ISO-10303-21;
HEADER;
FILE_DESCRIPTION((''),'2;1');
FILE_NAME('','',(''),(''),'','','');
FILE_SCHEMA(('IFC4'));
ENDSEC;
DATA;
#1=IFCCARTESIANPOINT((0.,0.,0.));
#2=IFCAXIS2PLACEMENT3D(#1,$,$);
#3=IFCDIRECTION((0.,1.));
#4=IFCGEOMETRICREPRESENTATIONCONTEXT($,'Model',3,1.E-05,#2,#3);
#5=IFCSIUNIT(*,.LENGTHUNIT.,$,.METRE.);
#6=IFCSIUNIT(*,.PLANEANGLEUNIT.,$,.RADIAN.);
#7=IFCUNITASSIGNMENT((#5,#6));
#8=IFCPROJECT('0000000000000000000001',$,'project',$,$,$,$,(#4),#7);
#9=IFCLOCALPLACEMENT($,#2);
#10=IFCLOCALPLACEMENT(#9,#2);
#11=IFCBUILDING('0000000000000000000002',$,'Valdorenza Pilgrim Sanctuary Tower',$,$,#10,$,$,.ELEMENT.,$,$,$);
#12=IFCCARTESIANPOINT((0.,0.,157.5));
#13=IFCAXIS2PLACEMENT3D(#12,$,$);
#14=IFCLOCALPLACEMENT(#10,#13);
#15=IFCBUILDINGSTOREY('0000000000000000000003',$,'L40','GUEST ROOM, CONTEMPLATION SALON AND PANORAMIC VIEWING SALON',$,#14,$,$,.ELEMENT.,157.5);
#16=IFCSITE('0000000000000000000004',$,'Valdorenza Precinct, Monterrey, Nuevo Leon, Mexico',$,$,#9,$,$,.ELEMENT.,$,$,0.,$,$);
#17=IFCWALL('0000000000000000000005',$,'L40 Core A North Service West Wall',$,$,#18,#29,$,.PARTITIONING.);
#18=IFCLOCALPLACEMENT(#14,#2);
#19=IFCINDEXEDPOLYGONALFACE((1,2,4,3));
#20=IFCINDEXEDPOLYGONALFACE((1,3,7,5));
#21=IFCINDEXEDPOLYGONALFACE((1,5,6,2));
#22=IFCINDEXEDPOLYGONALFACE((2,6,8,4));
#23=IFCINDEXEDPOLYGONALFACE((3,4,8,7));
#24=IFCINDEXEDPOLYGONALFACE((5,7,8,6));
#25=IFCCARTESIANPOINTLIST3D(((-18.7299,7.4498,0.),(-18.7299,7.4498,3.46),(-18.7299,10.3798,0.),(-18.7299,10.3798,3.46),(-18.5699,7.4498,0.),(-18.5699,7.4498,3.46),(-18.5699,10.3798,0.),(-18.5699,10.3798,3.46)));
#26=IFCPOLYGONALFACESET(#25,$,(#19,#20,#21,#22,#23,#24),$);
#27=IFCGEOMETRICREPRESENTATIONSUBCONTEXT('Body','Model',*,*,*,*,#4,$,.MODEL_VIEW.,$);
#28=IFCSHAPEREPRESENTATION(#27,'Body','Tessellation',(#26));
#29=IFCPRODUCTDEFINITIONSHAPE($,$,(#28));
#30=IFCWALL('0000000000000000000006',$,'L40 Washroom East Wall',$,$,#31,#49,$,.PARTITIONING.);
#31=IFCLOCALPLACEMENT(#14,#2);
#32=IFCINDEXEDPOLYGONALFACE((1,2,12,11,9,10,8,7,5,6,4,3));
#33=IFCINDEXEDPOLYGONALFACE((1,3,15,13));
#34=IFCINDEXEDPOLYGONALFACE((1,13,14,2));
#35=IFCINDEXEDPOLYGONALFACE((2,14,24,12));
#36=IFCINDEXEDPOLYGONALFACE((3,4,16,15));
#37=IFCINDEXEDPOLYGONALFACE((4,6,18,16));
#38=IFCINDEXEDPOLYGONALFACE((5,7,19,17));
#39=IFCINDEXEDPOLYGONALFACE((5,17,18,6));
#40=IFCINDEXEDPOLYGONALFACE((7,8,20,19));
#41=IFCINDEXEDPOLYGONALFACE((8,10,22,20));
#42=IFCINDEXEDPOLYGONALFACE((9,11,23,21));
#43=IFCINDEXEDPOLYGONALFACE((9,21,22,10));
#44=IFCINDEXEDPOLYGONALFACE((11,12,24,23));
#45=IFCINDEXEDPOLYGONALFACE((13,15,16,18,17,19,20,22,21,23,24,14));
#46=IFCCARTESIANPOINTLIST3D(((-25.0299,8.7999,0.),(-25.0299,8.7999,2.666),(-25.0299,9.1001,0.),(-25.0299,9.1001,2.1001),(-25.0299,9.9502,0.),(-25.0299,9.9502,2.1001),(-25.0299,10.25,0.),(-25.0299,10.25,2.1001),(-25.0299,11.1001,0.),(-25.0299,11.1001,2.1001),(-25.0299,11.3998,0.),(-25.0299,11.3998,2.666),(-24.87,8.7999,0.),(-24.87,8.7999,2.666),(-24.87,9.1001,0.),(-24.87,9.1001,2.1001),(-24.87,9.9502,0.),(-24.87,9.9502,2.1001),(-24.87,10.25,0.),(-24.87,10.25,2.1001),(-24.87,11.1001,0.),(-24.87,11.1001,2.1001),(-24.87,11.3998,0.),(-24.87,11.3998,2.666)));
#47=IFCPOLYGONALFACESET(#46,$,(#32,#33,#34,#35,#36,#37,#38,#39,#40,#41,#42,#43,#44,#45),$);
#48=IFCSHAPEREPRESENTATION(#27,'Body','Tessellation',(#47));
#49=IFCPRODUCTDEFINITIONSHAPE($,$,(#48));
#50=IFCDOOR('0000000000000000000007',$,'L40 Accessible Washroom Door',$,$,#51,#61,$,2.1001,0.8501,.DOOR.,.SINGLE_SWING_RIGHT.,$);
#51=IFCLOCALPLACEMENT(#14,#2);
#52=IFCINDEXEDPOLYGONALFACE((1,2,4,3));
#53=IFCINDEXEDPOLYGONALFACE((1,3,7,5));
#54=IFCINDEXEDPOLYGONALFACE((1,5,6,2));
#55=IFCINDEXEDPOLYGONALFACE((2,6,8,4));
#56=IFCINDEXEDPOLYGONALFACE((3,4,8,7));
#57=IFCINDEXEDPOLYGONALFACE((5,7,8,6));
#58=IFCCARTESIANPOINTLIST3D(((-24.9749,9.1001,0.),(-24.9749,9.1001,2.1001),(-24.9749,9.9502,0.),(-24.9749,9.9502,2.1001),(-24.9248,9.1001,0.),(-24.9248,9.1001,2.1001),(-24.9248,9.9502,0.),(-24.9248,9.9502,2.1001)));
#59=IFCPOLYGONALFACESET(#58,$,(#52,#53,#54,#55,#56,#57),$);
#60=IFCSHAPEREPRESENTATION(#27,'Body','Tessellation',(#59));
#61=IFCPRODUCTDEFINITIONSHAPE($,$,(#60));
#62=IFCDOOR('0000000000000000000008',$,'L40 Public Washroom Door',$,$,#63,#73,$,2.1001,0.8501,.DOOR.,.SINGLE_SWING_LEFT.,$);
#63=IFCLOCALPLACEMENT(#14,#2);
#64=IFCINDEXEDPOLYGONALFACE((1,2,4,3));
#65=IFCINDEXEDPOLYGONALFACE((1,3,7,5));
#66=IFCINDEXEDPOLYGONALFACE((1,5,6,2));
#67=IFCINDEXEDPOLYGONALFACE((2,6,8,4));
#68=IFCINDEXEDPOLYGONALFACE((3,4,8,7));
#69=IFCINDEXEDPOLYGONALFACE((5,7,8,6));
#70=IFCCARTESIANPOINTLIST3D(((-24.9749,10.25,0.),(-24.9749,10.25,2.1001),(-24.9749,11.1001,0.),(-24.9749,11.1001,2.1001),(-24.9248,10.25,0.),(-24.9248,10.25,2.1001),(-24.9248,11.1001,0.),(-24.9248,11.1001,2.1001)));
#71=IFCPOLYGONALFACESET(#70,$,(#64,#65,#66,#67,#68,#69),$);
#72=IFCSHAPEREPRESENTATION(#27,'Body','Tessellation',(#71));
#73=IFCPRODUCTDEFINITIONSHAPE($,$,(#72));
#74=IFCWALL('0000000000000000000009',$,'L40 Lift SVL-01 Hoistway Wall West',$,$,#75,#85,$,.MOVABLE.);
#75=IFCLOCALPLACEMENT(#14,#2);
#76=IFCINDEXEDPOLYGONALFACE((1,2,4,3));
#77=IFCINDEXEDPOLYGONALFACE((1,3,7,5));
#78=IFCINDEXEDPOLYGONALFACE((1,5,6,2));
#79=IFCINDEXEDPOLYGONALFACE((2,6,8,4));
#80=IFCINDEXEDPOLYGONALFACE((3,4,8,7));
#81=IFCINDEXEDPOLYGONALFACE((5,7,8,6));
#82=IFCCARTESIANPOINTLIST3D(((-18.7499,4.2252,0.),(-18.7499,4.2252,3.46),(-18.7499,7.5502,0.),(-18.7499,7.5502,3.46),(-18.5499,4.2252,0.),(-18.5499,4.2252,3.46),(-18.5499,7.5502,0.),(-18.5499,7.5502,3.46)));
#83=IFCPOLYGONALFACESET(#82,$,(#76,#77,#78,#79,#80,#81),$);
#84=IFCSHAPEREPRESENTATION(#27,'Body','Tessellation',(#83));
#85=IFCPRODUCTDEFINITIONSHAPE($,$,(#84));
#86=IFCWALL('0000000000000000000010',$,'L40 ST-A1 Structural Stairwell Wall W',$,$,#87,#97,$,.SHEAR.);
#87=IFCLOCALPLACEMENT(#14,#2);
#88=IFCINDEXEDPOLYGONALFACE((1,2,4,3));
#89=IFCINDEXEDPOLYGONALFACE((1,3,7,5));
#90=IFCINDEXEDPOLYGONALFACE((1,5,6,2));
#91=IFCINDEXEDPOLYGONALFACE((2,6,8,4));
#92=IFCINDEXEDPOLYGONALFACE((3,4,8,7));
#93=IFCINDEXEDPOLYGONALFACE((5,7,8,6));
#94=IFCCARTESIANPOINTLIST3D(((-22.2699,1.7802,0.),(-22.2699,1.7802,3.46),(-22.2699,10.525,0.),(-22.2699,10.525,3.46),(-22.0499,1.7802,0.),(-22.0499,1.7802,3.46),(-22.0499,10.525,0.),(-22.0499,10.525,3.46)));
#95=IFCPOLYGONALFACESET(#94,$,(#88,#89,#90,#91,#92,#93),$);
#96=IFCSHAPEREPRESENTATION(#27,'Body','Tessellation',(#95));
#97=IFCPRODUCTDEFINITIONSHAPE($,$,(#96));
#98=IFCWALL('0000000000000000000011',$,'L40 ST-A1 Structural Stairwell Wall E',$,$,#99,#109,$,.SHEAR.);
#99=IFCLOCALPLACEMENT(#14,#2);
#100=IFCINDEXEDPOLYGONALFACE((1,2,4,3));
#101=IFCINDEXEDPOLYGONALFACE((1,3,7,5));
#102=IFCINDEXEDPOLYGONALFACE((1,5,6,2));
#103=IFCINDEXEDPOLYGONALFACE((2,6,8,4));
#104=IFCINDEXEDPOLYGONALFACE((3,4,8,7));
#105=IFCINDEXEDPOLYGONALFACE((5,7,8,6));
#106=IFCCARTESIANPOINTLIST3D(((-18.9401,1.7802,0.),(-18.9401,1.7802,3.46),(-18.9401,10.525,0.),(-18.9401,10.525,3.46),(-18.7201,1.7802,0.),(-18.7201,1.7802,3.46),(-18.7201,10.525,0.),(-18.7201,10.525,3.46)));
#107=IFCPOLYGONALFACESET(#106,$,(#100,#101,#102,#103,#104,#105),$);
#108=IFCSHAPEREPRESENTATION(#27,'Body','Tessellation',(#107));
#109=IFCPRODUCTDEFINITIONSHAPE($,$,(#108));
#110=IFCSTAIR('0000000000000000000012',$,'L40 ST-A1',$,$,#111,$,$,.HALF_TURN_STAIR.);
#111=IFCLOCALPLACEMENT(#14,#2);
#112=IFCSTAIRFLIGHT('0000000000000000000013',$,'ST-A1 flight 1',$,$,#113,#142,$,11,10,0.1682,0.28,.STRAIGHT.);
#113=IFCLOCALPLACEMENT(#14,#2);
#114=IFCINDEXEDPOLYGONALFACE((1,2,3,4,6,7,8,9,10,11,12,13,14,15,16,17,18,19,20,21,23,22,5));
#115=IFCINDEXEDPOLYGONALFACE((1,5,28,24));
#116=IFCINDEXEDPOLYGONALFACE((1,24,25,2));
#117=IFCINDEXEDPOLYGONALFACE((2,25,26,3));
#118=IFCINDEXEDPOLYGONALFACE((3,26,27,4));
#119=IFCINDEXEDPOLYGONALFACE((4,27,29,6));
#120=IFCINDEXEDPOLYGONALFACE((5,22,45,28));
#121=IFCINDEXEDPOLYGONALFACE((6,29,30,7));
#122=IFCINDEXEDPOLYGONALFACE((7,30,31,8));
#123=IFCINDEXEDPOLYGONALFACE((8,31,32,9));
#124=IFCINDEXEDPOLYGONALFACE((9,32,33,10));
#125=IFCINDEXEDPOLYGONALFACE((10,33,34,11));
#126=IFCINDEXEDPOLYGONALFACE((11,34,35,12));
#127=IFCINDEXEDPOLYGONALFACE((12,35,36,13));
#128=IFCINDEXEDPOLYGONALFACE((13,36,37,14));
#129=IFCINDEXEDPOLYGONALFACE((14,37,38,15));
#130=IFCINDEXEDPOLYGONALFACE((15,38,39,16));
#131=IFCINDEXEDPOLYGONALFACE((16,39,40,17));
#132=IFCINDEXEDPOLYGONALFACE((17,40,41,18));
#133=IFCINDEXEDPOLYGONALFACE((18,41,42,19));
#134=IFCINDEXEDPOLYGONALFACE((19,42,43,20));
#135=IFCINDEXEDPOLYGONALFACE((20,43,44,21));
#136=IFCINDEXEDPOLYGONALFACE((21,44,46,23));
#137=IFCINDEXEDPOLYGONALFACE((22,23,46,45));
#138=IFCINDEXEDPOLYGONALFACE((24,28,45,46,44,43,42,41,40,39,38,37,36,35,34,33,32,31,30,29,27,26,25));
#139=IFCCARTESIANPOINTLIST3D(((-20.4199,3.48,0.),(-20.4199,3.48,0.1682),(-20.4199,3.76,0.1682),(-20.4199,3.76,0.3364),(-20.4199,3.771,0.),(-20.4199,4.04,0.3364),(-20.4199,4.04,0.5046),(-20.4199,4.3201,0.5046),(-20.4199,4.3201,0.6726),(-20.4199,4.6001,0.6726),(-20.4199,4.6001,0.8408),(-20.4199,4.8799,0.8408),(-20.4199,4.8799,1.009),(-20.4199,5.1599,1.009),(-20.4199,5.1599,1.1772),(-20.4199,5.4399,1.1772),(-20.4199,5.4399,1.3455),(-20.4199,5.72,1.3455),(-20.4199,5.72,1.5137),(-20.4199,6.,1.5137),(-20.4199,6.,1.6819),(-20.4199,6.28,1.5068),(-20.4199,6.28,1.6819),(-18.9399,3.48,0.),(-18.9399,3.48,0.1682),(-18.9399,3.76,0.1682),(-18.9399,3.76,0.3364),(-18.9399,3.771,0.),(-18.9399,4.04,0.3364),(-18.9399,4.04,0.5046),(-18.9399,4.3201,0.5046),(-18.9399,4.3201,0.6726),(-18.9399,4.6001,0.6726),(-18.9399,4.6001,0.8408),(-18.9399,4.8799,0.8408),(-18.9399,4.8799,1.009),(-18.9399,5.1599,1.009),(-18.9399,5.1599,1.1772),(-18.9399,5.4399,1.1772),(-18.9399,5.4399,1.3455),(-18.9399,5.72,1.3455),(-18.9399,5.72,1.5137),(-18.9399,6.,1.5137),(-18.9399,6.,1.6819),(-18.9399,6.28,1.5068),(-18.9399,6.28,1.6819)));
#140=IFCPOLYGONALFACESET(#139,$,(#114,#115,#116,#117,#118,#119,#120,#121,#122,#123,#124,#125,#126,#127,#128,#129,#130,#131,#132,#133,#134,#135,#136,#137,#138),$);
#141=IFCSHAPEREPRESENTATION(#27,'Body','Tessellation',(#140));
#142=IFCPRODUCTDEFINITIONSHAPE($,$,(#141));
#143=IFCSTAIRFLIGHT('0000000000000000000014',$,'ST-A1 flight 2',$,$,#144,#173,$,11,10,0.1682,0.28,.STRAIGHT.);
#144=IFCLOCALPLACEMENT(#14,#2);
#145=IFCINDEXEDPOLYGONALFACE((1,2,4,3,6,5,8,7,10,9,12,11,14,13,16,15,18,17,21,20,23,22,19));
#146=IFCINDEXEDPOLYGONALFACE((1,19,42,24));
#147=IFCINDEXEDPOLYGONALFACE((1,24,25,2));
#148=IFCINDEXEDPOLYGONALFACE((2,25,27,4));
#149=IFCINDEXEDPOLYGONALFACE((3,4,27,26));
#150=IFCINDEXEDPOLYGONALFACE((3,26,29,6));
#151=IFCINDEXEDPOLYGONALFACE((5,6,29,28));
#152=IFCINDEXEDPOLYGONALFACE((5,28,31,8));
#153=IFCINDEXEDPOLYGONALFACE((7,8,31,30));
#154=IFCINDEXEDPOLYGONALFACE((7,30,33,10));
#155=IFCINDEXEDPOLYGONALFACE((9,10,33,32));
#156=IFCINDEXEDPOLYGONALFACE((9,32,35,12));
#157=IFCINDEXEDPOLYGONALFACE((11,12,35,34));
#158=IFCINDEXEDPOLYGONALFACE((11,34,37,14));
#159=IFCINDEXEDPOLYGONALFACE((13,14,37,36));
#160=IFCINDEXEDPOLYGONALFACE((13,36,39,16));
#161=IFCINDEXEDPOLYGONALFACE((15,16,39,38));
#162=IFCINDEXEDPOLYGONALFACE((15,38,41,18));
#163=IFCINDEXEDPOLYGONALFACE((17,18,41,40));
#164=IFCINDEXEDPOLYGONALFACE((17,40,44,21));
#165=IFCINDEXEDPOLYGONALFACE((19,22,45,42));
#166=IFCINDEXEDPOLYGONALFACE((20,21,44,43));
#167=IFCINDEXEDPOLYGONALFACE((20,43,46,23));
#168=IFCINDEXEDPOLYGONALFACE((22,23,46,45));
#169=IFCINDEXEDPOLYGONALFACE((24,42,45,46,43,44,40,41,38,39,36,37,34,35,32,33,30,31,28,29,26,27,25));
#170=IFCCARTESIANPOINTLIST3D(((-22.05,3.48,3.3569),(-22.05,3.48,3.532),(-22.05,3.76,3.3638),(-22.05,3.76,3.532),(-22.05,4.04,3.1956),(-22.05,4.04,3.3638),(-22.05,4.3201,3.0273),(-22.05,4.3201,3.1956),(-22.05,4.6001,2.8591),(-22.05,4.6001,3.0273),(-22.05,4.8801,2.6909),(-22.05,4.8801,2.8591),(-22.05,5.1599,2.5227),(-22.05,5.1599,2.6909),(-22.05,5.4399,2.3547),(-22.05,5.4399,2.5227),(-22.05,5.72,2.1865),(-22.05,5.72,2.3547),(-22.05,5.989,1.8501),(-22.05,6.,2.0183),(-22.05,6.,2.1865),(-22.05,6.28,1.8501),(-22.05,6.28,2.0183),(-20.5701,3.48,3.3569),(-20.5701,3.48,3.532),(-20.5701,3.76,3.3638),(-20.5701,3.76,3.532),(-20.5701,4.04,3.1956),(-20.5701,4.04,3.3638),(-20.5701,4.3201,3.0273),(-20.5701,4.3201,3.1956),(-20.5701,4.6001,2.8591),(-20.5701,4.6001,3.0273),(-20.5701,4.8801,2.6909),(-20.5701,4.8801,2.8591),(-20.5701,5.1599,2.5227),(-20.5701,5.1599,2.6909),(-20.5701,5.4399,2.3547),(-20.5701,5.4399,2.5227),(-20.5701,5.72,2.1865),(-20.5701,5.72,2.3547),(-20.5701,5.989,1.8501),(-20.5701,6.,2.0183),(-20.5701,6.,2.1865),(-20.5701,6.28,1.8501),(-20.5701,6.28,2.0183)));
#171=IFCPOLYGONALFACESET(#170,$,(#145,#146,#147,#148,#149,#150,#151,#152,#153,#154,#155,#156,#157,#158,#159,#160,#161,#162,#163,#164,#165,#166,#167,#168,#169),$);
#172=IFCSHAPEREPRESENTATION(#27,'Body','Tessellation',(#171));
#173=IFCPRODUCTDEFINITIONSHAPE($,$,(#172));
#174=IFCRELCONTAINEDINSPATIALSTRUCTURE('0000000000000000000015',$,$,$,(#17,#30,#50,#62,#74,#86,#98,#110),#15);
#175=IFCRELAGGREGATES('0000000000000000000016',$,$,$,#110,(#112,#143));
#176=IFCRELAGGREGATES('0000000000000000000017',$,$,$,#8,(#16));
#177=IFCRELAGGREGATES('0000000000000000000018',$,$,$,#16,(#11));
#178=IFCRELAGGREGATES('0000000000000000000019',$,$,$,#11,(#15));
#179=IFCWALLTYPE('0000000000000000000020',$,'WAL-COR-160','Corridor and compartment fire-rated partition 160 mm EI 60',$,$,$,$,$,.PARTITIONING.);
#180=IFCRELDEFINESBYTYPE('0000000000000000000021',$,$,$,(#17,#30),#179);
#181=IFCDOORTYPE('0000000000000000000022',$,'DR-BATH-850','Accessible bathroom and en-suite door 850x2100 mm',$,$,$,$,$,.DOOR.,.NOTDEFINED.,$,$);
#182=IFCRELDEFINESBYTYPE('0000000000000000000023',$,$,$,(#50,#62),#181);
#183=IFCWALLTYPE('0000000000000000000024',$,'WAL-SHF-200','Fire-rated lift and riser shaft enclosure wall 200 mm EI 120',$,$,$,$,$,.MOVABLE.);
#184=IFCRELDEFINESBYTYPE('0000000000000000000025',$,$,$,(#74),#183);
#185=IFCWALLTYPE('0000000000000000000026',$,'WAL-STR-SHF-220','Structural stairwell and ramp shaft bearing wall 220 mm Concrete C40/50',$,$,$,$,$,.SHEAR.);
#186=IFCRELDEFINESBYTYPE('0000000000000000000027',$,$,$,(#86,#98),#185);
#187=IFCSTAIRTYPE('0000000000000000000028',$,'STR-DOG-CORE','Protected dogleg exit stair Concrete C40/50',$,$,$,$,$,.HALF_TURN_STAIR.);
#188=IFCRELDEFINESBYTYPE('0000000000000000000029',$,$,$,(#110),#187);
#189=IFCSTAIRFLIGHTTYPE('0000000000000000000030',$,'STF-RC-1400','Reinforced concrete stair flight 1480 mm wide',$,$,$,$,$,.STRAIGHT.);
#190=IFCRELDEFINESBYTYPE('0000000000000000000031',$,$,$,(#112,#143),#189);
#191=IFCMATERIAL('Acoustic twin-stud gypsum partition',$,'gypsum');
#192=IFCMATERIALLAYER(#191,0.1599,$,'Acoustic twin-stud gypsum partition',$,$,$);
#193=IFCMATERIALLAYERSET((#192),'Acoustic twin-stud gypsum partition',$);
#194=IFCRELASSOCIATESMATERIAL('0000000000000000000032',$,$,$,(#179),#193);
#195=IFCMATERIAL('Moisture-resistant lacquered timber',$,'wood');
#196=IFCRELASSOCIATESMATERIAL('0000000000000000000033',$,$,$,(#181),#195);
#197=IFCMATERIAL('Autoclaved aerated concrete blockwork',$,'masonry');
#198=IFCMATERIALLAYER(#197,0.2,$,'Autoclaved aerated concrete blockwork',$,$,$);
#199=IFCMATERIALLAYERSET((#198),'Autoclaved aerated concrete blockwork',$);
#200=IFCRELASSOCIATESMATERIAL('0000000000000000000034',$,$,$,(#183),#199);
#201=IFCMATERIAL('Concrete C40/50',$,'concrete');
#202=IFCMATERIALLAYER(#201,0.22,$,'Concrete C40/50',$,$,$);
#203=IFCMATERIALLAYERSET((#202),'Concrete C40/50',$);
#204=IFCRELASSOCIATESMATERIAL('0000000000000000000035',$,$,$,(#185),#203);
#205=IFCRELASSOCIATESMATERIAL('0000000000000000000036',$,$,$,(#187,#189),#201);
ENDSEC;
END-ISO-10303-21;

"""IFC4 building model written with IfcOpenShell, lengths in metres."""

from ifc_helpers import new_model, si_unit, direction, frame, frame_2d, origin, place, context, subcontext, project, spatial, polyline, rectangle, outline, extrude, material, layer, layer_set, type_object, element, fill, aggregate, save


model = new_model("IFC4")

# Units and contexts
model_context = context("Model", 3, precision=1e-05, world=origin(), true_north=direction((0.0, 1.0)))
body_context = subcontext(model_context, "Body", "Model", "MODEL_VIEW")
ifc_project = project(units=[si_unit("LENGTHUNIT", "METRE"), si_unit("PLANEANGLEUNIT", "RADIAN")], contexts=[model_context])

# Site, building, storey
site_placement = place(None, origin())
site = spatial("IfcSite", under=ifc_project, at=site_placement, Name="Valdorenza Precinct, Monterrey, Nuevo Leon, Mexico", CompositionType="ELEMENT", RefElevation=0.0)
building_placement = place(site_placement, origin())
building = spatial("IfcBuilding", under=site, at=building_placement, Name="Valdorenza Pilgrim Sanctuary Tower", CompositionType="ELEMENT")
storey_placement = place(building_placement, frame((0.0, 0.0, 157.5)))
storey = spatial("IfcBuildingStorey", under=building, at=storey_placement, Name="L40", Description="GUEST ROOM, CONTEMPLATION SALON AND PANORAMIC VIEWING SALON", CompositionType="ELEMENT", Elevation=157.5)

# Wall
ifc_material_1 = material(Name="Acoustic twin-stud gypsum partition", Category="gypsum")
ifc_layer_1 = layer(ifc_material_1, 0.1599, Name="Acoustic twin-stud gypsum partition")
ifc_layer_set_1 = layer_set([ifc_layer_1], Name="Acoustic twin-stud gypsum partition")
wall_type_1 = type_object("IfcWallType", Name="WAL-COR-160", Description="Corridor and compartment fire-rated partition 160 mm EI 60", PredefinedType="PARTITIONING", material=ifc_layer_set_1)
wall_1_placement = place(storey_placement, frame((-18.6499, 7.45, 0.0), z_axis=(0.0, 0.0, 1.0), x_axis=(0.0, 1.0, 0.0)))
element("IfcWall", 1, at=wall_1_placement, inside=storey, type_object=wall_type_1, Name="L40 Core A North Service West Wall", PredefinedType="PARTITIONING", context=body_context, shape_type="SweptSolid", body=[
    extrude(rectangle(XDim=2.9299, YDim=0.1599, at=frame_2d((1.4648, 0.0))), origin(), (0.0, 0.0, 1.0), 3.46),
])

# Wall, openings, doors
wall_2_placement = place(storey_placement, frame((-24.95, 8.8, 0.0), z_axis=(0.0, 0.0, 1.0), x_axis=(0.0, 1.0, 0.0)))
wall_2 = element("IfcWall", 2, at=wall_2_placement, inside=storey, type_object=wall_type_1, Name="L40 Washroom East Wall", PredefinedType="PARTITIONING", context=body_context, shape_type="SweptSolid", body=[
    extrude(rectangle(XDim=2.5999, YDim=0.1599, at=frame_2d((1.2998, 0.0))), origin(), (0.0, 0.0, 1.0), 2.666),
])
opening_1_placement = place(wall_2_placement, frame((0.3, 0.0, 0.0)))
opening_1 = element("IfcOpeningElement", 3, at=opening_1_placement, cuts=wall_2, PredefinedType="OPENING", context=body_context, shape_type="SweptSolid", body=[
    extrude(rectangle(XDim=0.8501, YDim=2.1001, at=frame_2d((0.425, 1.05))), frame((0.0, 0.0947, 0.0), z_axis=(0.0, -1.0, 0.0), x_axis=(1.0, 0.0, 0.0)), (0.0, 0.0, 1.0), 0.1897),
])
opening_2_placement = place(wall_2_placement, frame((1.45, 0.0, 0.0)))
opening_2 = element("IfcOpeningElement", 4, at=opening_2_placement, cuts=wall_2, PredefinedType="OPENING", context=body_context, shape_type="SweptSolid", body=[
    extrude(rectangle(XDim=0.8501, YDim=2.1001, at=frame_2d((0.425, 1.05))), frame((0.0, 0.0947, 0.0), z_axis=(0.0, -1.0, 0.0), x_axis=(1.0, 0.0, 0.0)), (0.0, 0.0, 1.0), 0.1897),
])
ifc_material_2 = material(Name="Moisture-resistant lacquered timber", Category="wood")
door_type_1 = type_object("IfcDoorType", Name="DR-BATH-850", Description="Accessible bathroom and en-suite door 850x2100 mm", OperationType="NOTDEFINED", PredefinedType="DOOR", material=ifc_material_2)
door_1_placement = place(opening_1_placement, origin())
door_1 = element("IfcDoor", 5, at=door_1_placement, inside=storey, type_object=door_type_1, Name="L40 Accessible Washroom Door", OperationType="SINGLE_SWING_RIGHT", OverallHeight=2.1001, OverallWidth=0.8501, PredefinedType="DOOR", context=body_context, shape_type="SweptSolid", body=[
    extrude(rectangle(XDim=0.8501, YDim=2.1001, at=frame_2d((0.425, 1.05))), frame((0.0, 0.0249, 0.0), z_axis=(0.0, -1.0, 0.0), x_axis=(1.0, 0.0, 0.0)), (0.0, 0.0, 1.0), 0.05),
])
fill(opening_1, door_1)
door_2_placement = place(opening_2_placement, origin())
door_2 = element("IfcDoor", 6, at=door_2_placement, inside=storey, type_object=door_type_1, Name="L40 Public Washroom Door", OperationType="SINGLE_SWING_LEFT", OverallHeight=2.1001, OverallWidth=0.8501, PredefinedType="DOOR", context=body_context, shape_type="SweptSolid", body=[
    extrude(rectangle(XDim=0.8501, YDim=2.1001, at=frame_2d((0.425, 1.05))), frame((0.0, 0.0249, 0.0), z_axis=(0.0, -1.0, 0.0), x_axis=(1.0, 0.0, 0.0)), (0.0, 0.0, 1.0), 0.05),
])
fill(opening_2, door_2)

# Walls
ifc_material_3 = material(Name="Autoclaved aerated concrete blockwork", Category="masonry")
ifc_layer_2 = layer(ifc_material_3, 0.2, Name="Autoclaved aerated concrete blockwork")
ifc_layer_set_2 = layer_set([ifc_layer_2], Name="Autoclaved aerated concrete blockwork")
wall_type_2 = type_object("IfcWallType", Name="WAL-SHF-200", Description="Fire-rated lift and riser shaft enclosure wall 200 mm EI 120", PredefinedType="MOVABLE", material=ifc_layer_set_2)
wall_3_placement = place(storey_placement, frame((-18.6499, 4.2251, 0.0), z_axis=(0.0, 0.0, 1.0), x_axis=(0.0, 1.0, 0.0)))
element("IfcWall", 7, at=wall_3_placement, inside=storey, type_object=wall_type_2, Name="L40 Lift SVL-01 Hoistway Wall West", PredefinedType="MOVABLE", context=body_context, shape_type="SweptSolid", body=[
    extrude(rectangle(XDim=3.325, YDim=0.2, at=frame_2d((1.6626, 0.0))), origin(), (0.0, 0.0, 1.0), 3.46),
])
ifc_material_4 = material(Name="Concrete C40/50", Category="concrete")
ifc_layer_3 = layer(ifc_material_4, 0.22, Name="Concrete C40/50")
ifc_layer_set_3 = layer_set([ifc_layer_3], Name="Concrete C40/50")
wall_type_3 = type_object("IfcWallType", Name="WAL-STR-SHF-220", Description="Structural stairwell and ramp shaft bearing wall 220 mm Concrete C40/50", PredefinedType="SHEAR", material=ifc_layer_set_3)
for number, where, z_axis, x_axis, name in (
    (8, (-22.1599, 1.78, 0.0), (0.0, 0.0, 1.0), (0.0, 1.0, 0.0), "L40 ST-A1 Structural Stairwell Wall W"),
    (9, (-18.8301, 1.78, 0.0), (0.0, 0.0, 1.0), (0.0, 1.0, 0.0), "L40 ST-A1 Structural Stairwell Wall E"),
):
    element("IfcWall", number, at=place(storey_placement, frame(where, z_axis=z_axis, x_axis=x_axis)), inside=storey, type_object=wall_type_3, Name=name, PredefinedType="SHEAR", context=body_context, shape_type="SweptSolid", body=[
        extrude(rectangle(XDim=8.7449, YDim=0.22, at=frame_2d((4.3726, 0.0))), origin(), (0.0, 0.0, 1.0), 3.46),
    ])

# Stair, stair flights
stair_type = type_object("IfcStairType", Name="STR-DOG-CORE", Description="Protected dogleg exit stair Concrete C40/50", PredefinedType="HALF_TURN_STAIR", material=ifc_material_4)
stair_placement = place(storey_placement, origin())
stair = element("IfcStair", 10, at=stair_placement, inside=storey, type_object=stair_type, Name="L40 ST-A1", PredefinedType="HALF_TURN_STAIR")
stair_flight_type = type_object("IfcStairFlightType", Name="STF-RC-1400", Description="Reinforced concrete stair flight 1480 mm wide", PredefinedType="STRAIGHT", material=ifc_material_4)
stair_flight_1_placement = place(storey_placement, frame((-19.6799, 3.48, 0.0), z_axis=(0.0, 0.0, 1.0), x_axis=(0.0, 1.0, 0.0)))
stair_flight_1 = element("IfcStairFlight", 11, at=stair_flight_1_placement, type_object=stair_flight_type, Name="ST-A1 flight 1", NumberOfRisers=11, NumberOfTreads=10, PredefinedType="STRAIGHT", RiserHeight=0.1682, TreadLength=0.28, context=body_context, shape_type="SweptSolid", body=[
    extrude(outline(polyline([(0.0, 0.0), (0.0, 0.1682), (0.28, 0.1682), (0.28, 0.3364), (0.5601, 0.3364), (0.5601, 0.5046), (0.8401, 0.5046), (0.8401, 0.6726), (1.1201, 0.6726), (1.1201, 0.8408), (1.3999, 0.8408), (1.3999, 1.009), (1.6799, 1.009), (1.6799, 1.1772), (1.96, 1.1772), (1.96, 1.3455), (2.24, 1.3455), (2.24, 1.5137), (2.52, 1.5137), (2.52, 1.6819), (2.8, 1.6819), (2.8, 1.8501), (2.8, 1.5068), (0.291, 0.0), (0.0, 0.0)])), frame((0.0, 0.74, 0.0), z_axis=(0.0, -1.0, 0.0), x_axis=(1.0, 0.0, 0.0)), (0.0, 0.0, 1.0), 1.48),
])
stair_flight_2_placement = place(storey_placement, frame((-21.3101, 6.28, 1.8501), z_axis=(0.0, 0.0, 1.0), x_axis=(0.0, -1.0, 0.0)))
stair_flight_2 = element("IfcStairFlight", 12, at=stair_flight_2_placement, type_object=stair_flight_type, Name="ST-A1 flight 2", NumberOfRisers=11, NumberOfTreads=10, PredefinedType="STRAIGHT", RiserHeight=0.1682, TreadLength=0.28, context=body_context, shape_type="SweptSolid", body=[
    extrude(outline(polyline([(0.0, 0.0), (0.0, 0.1682), (0.28, 0.1682), (0.28, 0.3364), (0.5601, 0.3364), (0.5601, 0.5046), (0.8401, 0.5046), (0.8401, 0.6726), (1.1201, 0.6726), (1.1201, 0.8408), (1.3999, 0.8408), (1.3999, 1.009), (1.6799, 1.009), (1.6799, 1.1772), (1.96, 1.1772), (1.96, 1.3455), (2.24, 1.3455), (2.24, 1.5137), (2.52, 1.5137), (2.52, 1.6819), (2.8, 1.6819), (2.8, 1.8501), (2.8, 1.5068), (0.291, 0.0), (0.0, 0.0)])), frame((0.0, 0.74, 0.0), z_axis=(0.0, -1.0, 0.0), x_axis=(1.0, 0.0, 0.0)), (0.0, 0.0, 1.0), 1.48),
])
aggregate(stair, [stair_flight_1, stair_flight_2])

save(model, "model.ifc")
